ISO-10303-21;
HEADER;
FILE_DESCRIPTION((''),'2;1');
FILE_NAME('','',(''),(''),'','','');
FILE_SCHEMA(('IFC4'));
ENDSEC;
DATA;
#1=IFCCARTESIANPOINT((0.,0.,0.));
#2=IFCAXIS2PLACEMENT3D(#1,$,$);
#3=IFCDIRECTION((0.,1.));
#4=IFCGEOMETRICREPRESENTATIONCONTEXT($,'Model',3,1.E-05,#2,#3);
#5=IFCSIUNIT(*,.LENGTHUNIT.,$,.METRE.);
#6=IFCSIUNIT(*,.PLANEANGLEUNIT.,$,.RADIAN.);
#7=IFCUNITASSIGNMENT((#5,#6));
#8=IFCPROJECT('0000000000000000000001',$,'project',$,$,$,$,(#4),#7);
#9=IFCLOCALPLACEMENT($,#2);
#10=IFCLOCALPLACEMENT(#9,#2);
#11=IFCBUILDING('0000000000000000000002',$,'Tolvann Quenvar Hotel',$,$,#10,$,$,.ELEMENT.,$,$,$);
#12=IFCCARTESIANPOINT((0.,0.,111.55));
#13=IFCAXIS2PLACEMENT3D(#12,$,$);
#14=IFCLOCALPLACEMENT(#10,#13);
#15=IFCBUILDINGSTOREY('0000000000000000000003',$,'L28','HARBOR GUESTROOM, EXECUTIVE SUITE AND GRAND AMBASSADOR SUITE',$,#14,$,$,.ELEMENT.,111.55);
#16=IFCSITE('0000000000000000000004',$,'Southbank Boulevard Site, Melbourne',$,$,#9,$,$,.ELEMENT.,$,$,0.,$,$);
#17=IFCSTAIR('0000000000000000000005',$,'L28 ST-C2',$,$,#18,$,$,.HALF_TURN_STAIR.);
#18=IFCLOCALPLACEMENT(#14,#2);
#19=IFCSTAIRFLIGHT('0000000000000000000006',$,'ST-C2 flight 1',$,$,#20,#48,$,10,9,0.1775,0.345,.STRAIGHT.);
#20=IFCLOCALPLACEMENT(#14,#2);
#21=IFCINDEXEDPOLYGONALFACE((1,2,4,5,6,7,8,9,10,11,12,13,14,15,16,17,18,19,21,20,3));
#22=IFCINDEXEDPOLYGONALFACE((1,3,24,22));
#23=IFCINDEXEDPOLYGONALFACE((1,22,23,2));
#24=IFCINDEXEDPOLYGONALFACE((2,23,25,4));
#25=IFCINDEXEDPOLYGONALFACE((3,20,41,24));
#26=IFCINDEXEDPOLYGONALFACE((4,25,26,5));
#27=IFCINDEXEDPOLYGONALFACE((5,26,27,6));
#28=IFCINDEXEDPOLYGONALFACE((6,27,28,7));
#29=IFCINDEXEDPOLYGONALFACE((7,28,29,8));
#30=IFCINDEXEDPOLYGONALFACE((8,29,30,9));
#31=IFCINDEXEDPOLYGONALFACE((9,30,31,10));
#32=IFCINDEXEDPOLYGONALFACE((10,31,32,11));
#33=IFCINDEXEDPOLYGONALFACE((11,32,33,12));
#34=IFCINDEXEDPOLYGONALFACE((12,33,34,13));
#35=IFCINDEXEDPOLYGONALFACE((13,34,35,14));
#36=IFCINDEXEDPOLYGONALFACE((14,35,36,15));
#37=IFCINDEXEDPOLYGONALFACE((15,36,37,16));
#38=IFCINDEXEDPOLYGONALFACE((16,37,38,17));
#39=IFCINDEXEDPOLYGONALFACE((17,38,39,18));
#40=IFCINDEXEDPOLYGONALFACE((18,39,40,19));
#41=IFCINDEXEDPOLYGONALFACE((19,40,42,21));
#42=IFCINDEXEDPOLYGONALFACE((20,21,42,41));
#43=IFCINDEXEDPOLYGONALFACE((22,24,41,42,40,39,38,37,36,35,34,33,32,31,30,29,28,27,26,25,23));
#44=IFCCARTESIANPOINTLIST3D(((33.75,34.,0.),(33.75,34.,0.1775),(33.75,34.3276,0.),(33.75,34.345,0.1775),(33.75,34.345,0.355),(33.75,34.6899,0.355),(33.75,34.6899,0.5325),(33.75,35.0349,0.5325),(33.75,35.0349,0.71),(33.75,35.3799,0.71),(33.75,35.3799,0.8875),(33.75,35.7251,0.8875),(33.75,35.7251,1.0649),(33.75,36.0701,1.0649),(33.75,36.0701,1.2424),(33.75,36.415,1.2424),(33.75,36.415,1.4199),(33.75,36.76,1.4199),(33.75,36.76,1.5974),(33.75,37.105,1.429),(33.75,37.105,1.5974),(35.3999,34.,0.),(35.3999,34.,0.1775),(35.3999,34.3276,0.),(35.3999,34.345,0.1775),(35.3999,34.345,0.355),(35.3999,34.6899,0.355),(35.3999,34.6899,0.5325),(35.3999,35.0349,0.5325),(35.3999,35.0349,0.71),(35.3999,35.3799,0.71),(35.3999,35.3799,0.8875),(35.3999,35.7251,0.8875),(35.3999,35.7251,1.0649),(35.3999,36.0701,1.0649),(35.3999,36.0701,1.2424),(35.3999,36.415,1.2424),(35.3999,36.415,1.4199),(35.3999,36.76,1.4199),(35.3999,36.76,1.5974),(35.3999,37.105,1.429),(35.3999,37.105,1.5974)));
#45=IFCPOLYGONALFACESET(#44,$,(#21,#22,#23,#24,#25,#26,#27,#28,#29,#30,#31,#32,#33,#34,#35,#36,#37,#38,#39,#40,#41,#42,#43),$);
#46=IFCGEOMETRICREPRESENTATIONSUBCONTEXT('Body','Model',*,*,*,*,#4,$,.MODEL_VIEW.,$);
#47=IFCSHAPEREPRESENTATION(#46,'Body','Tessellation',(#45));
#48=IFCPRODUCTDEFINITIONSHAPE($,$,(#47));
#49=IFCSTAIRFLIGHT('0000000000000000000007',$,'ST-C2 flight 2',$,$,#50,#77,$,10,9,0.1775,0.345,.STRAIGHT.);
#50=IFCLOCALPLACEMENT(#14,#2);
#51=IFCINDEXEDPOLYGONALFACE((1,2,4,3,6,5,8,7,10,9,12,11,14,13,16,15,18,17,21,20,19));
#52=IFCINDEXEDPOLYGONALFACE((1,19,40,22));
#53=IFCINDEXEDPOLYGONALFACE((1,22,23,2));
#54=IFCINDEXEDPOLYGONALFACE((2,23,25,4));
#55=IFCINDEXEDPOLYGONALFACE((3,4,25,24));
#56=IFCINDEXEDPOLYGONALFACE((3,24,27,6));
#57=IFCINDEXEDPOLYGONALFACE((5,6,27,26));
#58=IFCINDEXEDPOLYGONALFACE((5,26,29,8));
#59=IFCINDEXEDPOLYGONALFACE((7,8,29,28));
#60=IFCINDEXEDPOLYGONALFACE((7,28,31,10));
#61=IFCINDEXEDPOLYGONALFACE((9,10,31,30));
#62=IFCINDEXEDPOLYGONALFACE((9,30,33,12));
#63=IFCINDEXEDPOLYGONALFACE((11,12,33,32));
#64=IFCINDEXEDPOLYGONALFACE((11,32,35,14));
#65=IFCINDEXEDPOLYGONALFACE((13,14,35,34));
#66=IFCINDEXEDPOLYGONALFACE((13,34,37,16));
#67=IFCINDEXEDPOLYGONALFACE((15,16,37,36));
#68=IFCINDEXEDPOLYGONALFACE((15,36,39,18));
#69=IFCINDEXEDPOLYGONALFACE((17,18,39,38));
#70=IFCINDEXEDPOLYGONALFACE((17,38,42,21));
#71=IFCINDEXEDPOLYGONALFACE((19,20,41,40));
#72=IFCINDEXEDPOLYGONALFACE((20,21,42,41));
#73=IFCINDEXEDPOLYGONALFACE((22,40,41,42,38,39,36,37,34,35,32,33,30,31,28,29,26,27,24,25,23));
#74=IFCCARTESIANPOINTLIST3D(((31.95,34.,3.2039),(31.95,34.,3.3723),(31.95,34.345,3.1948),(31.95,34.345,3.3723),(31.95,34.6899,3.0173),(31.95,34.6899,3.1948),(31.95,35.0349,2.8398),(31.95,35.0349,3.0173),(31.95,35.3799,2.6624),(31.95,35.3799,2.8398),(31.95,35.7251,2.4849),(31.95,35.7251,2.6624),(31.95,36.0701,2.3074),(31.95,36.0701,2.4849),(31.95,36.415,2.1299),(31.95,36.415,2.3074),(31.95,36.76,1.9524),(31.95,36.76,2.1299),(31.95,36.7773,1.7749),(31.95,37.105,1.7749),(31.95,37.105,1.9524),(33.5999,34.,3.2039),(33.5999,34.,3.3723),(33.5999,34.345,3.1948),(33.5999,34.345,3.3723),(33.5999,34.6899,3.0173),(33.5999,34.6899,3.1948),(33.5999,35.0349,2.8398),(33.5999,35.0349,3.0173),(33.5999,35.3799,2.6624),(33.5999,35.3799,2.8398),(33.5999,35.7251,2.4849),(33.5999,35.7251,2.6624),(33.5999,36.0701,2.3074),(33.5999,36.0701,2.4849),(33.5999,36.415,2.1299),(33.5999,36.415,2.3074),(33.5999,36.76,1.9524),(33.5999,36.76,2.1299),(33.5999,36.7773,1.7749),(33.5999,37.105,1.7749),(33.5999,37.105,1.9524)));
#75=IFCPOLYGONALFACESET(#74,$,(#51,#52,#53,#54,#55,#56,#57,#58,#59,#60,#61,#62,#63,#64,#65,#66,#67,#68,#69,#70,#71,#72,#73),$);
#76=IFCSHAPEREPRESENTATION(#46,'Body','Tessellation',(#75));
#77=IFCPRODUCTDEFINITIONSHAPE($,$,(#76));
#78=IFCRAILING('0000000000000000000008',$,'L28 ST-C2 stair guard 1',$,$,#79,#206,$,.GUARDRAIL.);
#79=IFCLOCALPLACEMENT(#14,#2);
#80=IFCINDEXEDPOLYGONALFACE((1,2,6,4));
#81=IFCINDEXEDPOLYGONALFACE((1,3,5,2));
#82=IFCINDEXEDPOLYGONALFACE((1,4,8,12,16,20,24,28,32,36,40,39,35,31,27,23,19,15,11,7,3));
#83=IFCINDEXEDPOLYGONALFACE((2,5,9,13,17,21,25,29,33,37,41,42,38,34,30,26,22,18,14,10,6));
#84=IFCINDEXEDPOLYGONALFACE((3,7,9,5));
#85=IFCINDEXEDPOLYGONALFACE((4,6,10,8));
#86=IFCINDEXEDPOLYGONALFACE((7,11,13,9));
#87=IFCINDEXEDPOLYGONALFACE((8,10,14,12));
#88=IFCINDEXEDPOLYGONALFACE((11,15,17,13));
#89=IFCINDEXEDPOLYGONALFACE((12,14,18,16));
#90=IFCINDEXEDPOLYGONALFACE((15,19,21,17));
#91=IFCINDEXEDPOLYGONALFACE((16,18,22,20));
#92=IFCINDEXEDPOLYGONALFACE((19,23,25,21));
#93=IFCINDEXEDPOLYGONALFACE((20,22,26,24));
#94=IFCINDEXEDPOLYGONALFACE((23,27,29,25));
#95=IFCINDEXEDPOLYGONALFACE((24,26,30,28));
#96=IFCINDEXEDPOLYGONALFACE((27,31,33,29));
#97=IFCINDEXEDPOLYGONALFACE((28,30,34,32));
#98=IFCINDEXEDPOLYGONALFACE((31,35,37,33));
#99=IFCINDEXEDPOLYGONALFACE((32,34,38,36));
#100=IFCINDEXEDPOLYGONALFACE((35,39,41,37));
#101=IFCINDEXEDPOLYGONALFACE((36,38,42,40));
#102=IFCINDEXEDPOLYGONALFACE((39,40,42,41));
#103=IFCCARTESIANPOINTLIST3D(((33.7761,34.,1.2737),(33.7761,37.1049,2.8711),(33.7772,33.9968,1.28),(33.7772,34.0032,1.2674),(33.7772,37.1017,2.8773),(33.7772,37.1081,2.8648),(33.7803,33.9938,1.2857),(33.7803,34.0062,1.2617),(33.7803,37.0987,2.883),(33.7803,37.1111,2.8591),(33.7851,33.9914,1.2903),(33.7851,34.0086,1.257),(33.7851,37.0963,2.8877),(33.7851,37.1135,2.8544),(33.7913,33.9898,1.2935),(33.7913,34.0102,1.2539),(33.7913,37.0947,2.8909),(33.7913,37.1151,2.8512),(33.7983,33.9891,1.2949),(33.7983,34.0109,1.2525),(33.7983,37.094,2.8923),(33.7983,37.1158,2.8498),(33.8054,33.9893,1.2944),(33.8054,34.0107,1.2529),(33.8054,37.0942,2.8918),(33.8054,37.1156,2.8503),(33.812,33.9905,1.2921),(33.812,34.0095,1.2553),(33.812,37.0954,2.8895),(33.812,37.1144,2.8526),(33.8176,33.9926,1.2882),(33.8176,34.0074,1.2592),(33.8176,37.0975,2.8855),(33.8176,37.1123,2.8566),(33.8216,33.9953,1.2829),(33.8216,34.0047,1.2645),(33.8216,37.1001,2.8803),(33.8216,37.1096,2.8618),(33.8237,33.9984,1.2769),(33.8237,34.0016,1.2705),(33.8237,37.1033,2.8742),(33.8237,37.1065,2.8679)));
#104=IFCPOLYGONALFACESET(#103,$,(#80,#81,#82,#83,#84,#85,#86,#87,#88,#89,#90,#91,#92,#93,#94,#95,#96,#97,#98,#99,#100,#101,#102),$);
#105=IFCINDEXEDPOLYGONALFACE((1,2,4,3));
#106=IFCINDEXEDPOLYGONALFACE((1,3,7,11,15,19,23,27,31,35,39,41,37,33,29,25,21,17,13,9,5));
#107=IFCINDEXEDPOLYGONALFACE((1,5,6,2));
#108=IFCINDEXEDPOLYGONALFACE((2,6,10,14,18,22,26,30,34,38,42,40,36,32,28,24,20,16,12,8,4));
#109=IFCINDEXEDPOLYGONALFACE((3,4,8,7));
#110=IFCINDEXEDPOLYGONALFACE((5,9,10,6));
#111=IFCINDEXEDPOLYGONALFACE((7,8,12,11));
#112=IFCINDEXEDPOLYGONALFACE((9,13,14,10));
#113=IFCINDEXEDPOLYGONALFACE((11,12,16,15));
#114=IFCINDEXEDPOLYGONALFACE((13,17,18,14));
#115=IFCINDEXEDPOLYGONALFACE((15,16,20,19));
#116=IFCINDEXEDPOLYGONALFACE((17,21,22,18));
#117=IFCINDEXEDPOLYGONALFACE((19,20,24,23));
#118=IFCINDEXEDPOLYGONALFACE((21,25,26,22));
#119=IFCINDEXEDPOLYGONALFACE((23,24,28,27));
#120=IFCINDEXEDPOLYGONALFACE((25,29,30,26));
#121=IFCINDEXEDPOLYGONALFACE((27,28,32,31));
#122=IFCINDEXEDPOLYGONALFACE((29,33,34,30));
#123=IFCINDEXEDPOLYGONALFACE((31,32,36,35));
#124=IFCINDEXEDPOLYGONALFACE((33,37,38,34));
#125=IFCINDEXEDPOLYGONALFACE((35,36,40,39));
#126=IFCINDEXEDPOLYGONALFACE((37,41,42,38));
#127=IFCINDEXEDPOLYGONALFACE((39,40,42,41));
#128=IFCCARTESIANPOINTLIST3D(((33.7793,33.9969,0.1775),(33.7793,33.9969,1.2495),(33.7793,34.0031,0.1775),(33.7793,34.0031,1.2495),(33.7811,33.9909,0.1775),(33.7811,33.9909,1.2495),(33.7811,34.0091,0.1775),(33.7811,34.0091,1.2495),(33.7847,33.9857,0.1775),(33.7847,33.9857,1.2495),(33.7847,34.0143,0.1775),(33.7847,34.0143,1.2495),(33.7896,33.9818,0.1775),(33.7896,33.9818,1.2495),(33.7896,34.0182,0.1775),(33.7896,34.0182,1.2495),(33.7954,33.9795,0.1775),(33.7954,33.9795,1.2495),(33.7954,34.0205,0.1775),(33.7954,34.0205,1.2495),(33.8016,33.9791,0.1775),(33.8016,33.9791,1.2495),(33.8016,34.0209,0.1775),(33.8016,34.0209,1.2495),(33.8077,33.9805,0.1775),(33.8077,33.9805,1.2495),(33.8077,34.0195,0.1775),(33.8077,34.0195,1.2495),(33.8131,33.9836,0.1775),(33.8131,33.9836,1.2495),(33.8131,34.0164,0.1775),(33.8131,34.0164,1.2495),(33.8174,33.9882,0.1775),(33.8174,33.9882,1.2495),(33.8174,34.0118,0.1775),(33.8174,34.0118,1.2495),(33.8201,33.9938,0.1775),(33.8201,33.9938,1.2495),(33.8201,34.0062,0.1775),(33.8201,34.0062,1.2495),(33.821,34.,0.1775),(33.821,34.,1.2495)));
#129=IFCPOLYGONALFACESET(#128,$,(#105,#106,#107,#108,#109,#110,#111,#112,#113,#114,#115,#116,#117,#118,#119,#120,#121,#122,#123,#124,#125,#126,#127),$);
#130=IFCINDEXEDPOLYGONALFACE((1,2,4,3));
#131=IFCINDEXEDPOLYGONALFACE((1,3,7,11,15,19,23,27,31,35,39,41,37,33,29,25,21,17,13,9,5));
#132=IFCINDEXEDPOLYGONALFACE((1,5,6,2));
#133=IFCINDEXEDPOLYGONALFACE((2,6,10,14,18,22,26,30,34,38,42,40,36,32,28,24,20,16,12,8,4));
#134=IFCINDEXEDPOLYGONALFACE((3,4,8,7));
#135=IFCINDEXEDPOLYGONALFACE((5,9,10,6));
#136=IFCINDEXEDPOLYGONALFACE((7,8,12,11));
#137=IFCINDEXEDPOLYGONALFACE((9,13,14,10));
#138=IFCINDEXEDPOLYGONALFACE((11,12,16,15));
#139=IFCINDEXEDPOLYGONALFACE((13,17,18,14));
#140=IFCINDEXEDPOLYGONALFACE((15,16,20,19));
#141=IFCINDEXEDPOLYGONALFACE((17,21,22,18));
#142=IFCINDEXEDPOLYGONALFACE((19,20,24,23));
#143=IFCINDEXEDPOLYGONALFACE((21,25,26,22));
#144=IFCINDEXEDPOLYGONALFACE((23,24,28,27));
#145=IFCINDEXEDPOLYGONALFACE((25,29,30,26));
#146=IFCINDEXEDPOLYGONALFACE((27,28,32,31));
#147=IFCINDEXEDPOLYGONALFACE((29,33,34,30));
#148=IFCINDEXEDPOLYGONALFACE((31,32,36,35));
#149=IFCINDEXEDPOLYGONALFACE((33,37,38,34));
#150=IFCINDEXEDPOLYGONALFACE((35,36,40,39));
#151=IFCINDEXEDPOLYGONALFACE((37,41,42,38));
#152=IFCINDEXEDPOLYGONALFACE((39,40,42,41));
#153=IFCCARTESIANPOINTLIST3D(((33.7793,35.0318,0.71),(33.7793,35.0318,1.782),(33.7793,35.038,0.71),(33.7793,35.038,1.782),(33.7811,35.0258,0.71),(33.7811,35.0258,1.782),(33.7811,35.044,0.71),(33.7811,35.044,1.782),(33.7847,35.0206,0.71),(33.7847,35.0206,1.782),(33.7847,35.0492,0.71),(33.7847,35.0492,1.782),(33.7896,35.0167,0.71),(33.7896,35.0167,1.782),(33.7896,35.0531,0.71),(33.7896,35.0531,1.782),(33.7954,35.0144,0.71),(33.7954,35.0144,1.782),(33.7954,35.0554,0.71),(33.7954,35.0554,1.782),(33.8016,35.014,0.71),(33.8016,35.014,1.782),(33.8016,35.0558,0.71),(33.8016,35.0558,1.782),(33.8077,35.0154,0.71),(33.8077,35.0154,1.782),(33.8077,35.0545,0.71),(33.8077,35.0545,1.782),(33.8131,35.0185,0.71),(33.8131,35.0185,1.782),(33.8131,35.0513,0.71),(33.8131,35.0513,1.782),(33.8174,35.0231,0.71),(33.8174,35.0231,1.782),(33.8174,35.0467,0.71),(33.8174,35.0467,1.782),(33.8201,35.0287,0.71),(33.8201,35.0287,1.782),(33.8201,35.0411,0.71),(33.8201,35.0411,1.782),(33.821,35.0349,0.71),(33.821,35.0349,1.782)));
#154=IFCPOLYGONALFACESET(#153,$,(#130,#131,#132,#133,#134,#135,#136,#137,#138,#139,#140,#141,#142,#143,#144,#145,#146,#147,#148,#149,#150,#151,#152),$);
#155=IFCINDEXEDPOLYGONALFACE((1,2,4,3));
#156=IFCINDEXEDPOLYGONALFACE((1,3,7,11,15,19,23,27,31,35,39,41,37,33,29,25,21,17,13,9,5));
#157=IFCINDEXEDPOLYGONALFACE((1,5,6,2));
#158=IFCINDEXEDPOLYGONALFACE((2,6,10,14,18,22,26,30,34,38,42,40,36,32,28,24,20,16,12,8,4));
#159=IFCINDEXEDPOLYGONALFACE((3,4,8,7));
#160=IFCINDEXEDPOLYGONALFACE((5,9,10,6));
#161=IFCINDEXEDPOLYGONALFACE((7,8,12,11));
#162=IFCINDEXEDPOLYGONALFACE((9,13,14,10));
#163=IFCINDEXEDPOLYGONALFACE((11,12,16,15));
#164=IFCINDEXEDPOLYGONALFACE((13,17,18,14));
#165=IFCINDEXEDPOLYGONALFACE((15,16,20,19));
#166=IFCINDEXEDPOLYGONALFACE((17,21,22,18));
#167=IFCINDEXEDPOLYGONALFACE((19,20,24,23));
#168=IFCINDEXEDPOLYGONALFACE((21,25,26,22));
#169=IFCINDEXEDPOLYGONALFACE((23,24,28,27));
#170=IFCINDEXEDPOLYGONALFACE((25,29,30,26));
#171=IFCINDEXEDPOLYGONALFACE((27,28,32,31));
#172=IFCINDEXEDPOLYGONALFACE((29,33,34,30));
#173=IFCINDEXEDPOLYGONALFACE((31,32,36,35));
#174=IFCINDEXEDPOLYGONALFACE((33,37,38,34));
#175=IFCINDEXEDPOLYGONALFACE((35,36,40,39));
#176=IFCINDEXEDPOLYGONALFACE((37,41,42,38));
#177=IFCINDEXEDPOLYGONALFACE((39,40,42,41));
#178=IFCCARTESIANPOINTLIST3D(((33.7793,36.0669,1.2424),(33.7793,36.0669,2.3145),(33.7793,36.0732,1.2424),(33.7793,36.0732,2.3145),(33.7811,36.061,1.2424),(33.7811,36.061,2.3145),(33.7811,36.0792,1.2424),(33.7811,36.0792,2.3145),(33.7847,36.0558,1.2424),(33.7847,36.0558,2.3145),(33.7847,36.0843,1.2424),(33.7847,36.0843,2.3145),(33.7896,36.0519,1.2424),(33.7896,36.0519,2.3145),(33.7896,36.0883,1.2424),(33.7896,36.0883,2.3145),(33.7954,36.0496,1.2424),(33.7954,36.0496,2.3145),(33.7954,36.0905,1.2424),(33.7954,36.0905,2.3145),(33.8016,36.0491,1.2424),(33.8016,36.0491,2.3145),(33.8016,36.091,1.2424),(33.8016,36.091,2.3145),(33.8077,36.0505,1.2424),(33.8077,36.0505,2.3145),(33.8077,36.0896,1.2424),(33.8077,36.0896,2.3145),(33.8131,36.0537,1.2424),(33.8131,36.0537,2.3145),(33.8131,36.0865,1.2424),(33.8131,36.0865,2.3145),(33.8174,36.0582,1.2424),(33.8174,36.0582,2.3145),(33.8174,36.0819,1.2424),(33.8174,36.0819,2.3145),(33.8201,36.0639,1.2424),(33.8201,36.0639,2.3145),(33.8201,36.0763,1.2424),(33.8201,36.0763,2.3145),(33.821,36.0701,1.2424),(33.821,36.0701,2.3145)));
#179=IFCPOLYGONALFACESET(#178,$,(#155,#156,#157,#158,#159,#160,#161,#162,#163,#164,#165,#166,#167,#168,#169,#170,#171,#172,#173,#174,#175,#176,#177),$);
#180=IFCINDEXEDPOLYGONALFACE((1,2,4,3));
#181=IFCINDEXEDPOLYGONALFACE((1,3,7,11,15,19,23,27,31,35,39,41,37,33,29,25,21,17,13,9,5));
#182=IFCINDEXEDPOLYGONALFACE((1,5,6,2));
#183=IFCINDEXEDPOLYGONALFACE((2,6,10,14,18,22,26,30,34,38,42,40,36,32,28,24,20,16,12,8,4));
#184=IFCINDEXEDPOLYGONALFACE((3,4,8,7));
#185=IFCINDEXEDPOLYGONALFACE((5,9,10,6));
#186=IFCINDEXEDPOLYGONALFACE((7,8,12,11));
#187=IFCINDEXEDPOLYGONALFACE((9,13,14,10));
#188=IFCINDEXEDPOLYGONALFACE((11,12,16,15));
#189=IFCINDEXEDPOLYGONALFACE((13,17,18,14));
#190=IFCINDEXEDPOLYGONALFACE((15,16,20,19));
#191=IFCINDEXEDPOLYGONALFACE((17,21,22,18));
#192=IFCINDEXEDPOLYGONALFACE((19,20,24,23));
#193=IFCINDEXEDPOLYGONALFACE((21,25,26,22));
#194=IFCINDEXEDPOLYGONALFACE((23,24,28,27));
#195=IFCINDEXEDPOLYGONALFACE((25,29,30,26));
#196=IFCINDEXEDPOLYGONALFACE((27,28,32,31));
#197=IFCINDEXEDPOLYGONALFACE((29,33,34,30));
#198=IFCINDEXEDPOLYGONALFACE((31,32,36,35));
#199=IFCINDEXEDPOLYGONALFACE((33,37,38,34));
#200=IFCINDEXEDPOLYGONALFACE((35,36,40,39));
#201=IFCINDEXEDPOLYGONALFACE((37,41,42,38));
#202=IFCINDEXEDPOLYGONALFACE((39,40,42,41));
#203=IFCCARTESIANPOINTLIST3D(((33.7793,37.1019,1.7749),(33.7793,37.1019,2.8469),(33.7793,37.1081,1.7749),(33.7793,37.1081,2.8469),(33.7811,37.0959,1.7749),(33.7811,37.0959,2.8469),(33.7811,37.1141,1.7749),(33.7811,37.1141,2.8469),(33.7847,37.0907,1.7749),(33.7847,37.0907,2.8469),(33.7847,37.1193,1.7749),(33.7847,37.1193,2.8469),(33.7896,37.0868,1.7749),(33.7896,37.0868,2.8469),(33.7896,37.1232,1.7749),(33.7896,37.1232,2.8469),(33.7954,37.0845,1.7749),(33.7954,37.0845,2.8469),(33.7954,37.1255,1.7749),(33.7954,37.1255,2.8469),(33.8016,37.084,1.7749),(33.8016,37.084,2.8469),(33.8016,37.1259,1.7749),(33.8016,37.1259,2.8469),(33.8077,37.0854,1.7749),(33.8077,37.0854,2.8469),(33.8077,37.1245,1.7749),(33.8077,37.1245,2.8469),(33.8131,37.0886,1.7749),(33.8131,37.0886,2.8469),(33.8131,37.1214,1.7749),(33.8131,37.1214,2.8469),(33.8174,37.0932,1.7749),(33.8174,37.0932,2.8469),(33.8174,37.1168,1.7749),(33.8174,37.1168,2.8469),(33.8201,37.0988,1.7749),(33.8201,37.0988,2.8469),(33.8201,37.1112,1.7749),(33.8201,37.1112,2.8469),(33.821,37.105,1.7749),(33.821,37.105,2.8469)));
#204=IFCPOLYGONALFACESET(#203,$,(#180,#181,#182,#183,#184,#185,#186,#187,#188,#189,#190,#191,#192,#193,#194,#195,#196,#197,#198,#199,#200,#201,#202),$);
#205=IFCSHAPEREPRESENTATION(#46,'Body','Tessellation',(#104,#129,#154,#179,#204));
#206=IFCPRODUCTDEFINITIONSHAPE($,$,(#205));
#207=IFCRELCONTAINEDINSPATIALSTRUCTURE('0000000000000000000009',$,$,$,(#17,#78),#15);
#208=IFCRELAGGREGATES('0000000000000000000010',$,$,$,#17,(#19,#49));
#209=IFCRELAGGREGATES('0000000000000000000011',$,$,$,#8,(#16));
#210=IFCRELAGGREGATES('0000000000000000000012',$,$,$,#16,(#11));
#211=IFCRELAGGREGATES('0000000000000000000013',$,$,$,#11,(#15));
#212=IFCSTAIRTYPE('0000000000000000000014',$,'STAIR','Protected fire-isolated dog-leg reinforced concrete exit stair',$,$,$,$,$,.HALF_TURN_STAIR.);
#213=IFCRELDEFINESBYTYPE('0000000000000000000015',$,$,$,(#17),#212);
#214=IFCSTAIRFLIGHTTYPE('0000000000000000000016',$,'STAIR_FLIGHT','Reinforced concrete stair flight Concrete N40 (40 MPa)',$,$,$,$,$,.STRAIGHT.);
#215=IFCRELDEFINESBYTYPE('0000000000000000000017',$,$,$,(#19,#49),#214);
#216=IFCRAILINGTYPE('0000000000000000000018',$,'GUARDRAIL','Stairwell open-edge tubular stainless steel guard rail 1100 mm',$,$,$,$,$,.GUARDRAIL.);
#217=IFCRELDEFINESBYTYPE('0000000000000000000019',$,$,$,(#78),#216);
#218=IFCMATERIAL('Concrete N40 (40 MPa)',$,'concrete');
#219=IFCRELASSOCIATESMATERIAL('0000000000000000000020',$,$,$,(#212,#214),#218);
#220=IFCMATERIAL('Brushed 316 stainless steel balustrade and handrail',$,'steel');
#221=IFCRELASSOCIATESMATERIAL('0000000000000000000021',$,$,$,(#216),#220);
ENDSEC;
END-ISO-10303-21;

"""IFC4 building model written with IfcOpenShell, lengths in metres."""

from ifc_helpers import new_model, si_unit, direction, frame, origin, origin_2d, place, context, subcontext, project, spatial, polyline, circle, outline, extrude, material, type_object, element, aggregate, save


model = new_model("IFC4")

# Units and contexts
model_context = context("Model", 3, precision=1e-05, world=origin(), true_north=direction((0.0, 1.0)))
body_context = subcontext(model_context, "Body", "Model", "MODEL_VIEW")
ifc_project = project(units=[si_unit("LENGTHUNIT", "METRE"), si_unit("PLANEANGLEUNIT", "RADIAN")], contexts=[model_context])

# Site, building, storey
site_placement = place(None, origin())
site = spatial("IfcSite", under=ifc_project, at=site_placement, Name="Southbank Boulevard Site, Melbourne", CompositionType="ELEMENT", RefElevation=0.0)
building_placement = place(site_placement, origin())
building = spatial("IfcBuilding", under=site, at=building_placement, Name="Tolvann Quenvar Hotel", CompositionType="ELEMENT")
storey_placement = place(building_placement, frame((0.0, 0.0, 111.55)))
storey = spatial("IfcBuildingStorey", under=building, at=storey_placement, Name="L28", Description="HARBOR GUESTROOM, EXECUTIVE SUITE AND GRAND AMBASSADOR SUITE", CompositionType="ELEMENT", Elevation=111.55)

# Shared definitions
ifc_material_1 = material(Name="Concrete N40 (40 MPa)", Category="concrete")

# Stair, stair flights
stair_type = type_object("IfcStairType", Name="STAIR", Description="Protected fire-isolated dog-leg reinforced concrete exit stair", PredefinedType="HALF_TURN_STAIR", material=ifc_material_1)
stair_placement = place(storey_placement, origin())
stair = element("IfcStair", 1, at=stair_placement, inside=storey, type_object=stair_type, Name="L28 ST-C2", PredefinedType="HALF_TURN_STAIR")
stair_flight_type = type_object("IfcStairFlightType", Name="STAIR_FLIGHT", Description="Reinforced concrete stair flight Concrete N40 (40 MPa)", PredefinedType="STRAIGHT", material=ifc_material_1)
stair_flight_1_placement = place(storey_placement, frame((34.575, 34.0, 0.0), z_axis=(0.0, 0.0, 1.0), x_axis=(0.0, 1.0, 0.0)))
stair_flight_1 = element("IfcStairFlight", 2, at=stair_flight_1_placement, type_object=stair_flight_type, Name="ST-C2 flight 1", NumberOfRisers=10, NumberOfTreads=9, PredefinedType="STRAIGHT", RiserHeight=0.1775, TreadLength=0.345, context=body_context, shape_type="SweptSolid", body=[
    extrude(outline(polyline([(0.0, 0.0), (0.0, 0.1775), (0.345, 0.1775), (0.345, 0.355), (0.6899, 0.355), (0.6899, 0.5325), (1.0349, 0.5325), (1.0349, 0.71), (1.3799, 0.71), (1.3799, 0.8875), (1.7251, 0.8875), (1.7251, 1.0649), (2.0701, 1.0649), (2.0701, 1.2424), (2.415, 1.2424), (2.415, 1.4199), (2.76, 1.4199), (2.76, 1.5974), (3.105, 1.5974), (3.105, 1.7749), (3.105, 1.429), (0.3276, 0.0), (0.0, 0.0)])), frame((0.0, 0.825, 0.0), z_axis=(0.0, -1.0, 0.0), x_axis=(1.0, 0.0, 0.0)), (0.0, 0.0, 1.0), 1.6499),
])
stair_flight_2_placement = place(storey_placement, frame((32.7749, 37.105, 1.7749), z_axis=(0.0, 0.0, 1.0), x_axis=(0.0, -1.0, 0.0)))
stair_flight_2 = element("IfcStairFlight", 3, at=stair_flight_2_placement, type_object=stair_flight_type, Name="ST-C2 flight 2", NumberOfRisers=10, NumberOfTreads=9, PredefinedType="STRAIGHT", RiserHeight=0.1775, TreadLength=0.345, context=body_context, shape_type="SweptSolid", body=[
    extrude(outline(polyline([(0.0, 0.0), (0.0, 0.1775), (0.345, 0.1775), (0.345, 0.355), (0.6899, 0.355), (0.6899, 0.5325), (1.0349, 0.5325), (1.0349, 0.71), (1.3799, 0.71), (1.3799, 0.8875), (1.7251, 0.8875), (1.7251, 1.0649), (2.0701, 1.0649), (2.0701, 1.2424), (2.415, 1.2424), (2.415, 1.4199), (2.76, 1.4199), (2.76, 1.5974), (3.105, 1.5974), (3.105, 1.7749), (3.105, 1.429), (0.3276, 0.0), (0.0, 0.0)])), frame((0.0, 0.825, 0.0), z_axis=(0.0, -1.0, 0.0), x_axis=(1.0, 0.0, 0.0)), (0.0, 0.0, 1.0), 1.6499),
])
aggregate(stair, [stair_flight_1, stair_flight_2])

# Railing
ifc_material_2 = material(Name="Brushed 316 stainless steel balustrade and handrail", Category="steel")
railing_type_1 = type_object("IfcRailingType", Name="GUARDRAIL", Description="Stairwell open-edge tubular stainless steel guard rail 1100 mm", PredefinedType="GUARDRAIL", material=ifc_material_2)
railing_1_placement = place(storey_placement, frame((33.8, 34.0, 0.1775)))
element("IfcRailing", 4, at=railing_1_placement, inside=storey, type_object=railing_type_1, Name="L28 ST-C2 stair guard 1", PredefinedType="GUARDRAIL", context=body_context, shape_type="SweptSolid", body=[
    extrude(circle(Radius=0.0239, at=origin_2d()), frame((0.0, 0.0, 1.0962), z_axis=(0.0, 0.889222, 0.457476), x_axis=(-1.0, 0.0, 0.0)), (0.0, 0.0, 1.0), 3.4917),
    extrude(circle(Radius=0.021, at=origin_2d()), origin(), (0.0, 0.0, 1.0), 1.072),
    extrude(circle(Radius=0.021, at=origin_2d()), frame((0.0, 1.0349, 0.5325)), (0.0, 0.0, 1.0), 1.072),
    extrude(circle(Radius=0.021, at=origin_2d()), frame((0.0, 2.0701, 1.0649)), (0.0, 0.0, 1.0), 1.072),
    extrude(circle(Radius=0.021, at=origin_2d()), frame((0.0, 3.105, 1.5974)), (0.0, 0.0, 1.0), 1.072),
])

save(model, "model.ifc")
